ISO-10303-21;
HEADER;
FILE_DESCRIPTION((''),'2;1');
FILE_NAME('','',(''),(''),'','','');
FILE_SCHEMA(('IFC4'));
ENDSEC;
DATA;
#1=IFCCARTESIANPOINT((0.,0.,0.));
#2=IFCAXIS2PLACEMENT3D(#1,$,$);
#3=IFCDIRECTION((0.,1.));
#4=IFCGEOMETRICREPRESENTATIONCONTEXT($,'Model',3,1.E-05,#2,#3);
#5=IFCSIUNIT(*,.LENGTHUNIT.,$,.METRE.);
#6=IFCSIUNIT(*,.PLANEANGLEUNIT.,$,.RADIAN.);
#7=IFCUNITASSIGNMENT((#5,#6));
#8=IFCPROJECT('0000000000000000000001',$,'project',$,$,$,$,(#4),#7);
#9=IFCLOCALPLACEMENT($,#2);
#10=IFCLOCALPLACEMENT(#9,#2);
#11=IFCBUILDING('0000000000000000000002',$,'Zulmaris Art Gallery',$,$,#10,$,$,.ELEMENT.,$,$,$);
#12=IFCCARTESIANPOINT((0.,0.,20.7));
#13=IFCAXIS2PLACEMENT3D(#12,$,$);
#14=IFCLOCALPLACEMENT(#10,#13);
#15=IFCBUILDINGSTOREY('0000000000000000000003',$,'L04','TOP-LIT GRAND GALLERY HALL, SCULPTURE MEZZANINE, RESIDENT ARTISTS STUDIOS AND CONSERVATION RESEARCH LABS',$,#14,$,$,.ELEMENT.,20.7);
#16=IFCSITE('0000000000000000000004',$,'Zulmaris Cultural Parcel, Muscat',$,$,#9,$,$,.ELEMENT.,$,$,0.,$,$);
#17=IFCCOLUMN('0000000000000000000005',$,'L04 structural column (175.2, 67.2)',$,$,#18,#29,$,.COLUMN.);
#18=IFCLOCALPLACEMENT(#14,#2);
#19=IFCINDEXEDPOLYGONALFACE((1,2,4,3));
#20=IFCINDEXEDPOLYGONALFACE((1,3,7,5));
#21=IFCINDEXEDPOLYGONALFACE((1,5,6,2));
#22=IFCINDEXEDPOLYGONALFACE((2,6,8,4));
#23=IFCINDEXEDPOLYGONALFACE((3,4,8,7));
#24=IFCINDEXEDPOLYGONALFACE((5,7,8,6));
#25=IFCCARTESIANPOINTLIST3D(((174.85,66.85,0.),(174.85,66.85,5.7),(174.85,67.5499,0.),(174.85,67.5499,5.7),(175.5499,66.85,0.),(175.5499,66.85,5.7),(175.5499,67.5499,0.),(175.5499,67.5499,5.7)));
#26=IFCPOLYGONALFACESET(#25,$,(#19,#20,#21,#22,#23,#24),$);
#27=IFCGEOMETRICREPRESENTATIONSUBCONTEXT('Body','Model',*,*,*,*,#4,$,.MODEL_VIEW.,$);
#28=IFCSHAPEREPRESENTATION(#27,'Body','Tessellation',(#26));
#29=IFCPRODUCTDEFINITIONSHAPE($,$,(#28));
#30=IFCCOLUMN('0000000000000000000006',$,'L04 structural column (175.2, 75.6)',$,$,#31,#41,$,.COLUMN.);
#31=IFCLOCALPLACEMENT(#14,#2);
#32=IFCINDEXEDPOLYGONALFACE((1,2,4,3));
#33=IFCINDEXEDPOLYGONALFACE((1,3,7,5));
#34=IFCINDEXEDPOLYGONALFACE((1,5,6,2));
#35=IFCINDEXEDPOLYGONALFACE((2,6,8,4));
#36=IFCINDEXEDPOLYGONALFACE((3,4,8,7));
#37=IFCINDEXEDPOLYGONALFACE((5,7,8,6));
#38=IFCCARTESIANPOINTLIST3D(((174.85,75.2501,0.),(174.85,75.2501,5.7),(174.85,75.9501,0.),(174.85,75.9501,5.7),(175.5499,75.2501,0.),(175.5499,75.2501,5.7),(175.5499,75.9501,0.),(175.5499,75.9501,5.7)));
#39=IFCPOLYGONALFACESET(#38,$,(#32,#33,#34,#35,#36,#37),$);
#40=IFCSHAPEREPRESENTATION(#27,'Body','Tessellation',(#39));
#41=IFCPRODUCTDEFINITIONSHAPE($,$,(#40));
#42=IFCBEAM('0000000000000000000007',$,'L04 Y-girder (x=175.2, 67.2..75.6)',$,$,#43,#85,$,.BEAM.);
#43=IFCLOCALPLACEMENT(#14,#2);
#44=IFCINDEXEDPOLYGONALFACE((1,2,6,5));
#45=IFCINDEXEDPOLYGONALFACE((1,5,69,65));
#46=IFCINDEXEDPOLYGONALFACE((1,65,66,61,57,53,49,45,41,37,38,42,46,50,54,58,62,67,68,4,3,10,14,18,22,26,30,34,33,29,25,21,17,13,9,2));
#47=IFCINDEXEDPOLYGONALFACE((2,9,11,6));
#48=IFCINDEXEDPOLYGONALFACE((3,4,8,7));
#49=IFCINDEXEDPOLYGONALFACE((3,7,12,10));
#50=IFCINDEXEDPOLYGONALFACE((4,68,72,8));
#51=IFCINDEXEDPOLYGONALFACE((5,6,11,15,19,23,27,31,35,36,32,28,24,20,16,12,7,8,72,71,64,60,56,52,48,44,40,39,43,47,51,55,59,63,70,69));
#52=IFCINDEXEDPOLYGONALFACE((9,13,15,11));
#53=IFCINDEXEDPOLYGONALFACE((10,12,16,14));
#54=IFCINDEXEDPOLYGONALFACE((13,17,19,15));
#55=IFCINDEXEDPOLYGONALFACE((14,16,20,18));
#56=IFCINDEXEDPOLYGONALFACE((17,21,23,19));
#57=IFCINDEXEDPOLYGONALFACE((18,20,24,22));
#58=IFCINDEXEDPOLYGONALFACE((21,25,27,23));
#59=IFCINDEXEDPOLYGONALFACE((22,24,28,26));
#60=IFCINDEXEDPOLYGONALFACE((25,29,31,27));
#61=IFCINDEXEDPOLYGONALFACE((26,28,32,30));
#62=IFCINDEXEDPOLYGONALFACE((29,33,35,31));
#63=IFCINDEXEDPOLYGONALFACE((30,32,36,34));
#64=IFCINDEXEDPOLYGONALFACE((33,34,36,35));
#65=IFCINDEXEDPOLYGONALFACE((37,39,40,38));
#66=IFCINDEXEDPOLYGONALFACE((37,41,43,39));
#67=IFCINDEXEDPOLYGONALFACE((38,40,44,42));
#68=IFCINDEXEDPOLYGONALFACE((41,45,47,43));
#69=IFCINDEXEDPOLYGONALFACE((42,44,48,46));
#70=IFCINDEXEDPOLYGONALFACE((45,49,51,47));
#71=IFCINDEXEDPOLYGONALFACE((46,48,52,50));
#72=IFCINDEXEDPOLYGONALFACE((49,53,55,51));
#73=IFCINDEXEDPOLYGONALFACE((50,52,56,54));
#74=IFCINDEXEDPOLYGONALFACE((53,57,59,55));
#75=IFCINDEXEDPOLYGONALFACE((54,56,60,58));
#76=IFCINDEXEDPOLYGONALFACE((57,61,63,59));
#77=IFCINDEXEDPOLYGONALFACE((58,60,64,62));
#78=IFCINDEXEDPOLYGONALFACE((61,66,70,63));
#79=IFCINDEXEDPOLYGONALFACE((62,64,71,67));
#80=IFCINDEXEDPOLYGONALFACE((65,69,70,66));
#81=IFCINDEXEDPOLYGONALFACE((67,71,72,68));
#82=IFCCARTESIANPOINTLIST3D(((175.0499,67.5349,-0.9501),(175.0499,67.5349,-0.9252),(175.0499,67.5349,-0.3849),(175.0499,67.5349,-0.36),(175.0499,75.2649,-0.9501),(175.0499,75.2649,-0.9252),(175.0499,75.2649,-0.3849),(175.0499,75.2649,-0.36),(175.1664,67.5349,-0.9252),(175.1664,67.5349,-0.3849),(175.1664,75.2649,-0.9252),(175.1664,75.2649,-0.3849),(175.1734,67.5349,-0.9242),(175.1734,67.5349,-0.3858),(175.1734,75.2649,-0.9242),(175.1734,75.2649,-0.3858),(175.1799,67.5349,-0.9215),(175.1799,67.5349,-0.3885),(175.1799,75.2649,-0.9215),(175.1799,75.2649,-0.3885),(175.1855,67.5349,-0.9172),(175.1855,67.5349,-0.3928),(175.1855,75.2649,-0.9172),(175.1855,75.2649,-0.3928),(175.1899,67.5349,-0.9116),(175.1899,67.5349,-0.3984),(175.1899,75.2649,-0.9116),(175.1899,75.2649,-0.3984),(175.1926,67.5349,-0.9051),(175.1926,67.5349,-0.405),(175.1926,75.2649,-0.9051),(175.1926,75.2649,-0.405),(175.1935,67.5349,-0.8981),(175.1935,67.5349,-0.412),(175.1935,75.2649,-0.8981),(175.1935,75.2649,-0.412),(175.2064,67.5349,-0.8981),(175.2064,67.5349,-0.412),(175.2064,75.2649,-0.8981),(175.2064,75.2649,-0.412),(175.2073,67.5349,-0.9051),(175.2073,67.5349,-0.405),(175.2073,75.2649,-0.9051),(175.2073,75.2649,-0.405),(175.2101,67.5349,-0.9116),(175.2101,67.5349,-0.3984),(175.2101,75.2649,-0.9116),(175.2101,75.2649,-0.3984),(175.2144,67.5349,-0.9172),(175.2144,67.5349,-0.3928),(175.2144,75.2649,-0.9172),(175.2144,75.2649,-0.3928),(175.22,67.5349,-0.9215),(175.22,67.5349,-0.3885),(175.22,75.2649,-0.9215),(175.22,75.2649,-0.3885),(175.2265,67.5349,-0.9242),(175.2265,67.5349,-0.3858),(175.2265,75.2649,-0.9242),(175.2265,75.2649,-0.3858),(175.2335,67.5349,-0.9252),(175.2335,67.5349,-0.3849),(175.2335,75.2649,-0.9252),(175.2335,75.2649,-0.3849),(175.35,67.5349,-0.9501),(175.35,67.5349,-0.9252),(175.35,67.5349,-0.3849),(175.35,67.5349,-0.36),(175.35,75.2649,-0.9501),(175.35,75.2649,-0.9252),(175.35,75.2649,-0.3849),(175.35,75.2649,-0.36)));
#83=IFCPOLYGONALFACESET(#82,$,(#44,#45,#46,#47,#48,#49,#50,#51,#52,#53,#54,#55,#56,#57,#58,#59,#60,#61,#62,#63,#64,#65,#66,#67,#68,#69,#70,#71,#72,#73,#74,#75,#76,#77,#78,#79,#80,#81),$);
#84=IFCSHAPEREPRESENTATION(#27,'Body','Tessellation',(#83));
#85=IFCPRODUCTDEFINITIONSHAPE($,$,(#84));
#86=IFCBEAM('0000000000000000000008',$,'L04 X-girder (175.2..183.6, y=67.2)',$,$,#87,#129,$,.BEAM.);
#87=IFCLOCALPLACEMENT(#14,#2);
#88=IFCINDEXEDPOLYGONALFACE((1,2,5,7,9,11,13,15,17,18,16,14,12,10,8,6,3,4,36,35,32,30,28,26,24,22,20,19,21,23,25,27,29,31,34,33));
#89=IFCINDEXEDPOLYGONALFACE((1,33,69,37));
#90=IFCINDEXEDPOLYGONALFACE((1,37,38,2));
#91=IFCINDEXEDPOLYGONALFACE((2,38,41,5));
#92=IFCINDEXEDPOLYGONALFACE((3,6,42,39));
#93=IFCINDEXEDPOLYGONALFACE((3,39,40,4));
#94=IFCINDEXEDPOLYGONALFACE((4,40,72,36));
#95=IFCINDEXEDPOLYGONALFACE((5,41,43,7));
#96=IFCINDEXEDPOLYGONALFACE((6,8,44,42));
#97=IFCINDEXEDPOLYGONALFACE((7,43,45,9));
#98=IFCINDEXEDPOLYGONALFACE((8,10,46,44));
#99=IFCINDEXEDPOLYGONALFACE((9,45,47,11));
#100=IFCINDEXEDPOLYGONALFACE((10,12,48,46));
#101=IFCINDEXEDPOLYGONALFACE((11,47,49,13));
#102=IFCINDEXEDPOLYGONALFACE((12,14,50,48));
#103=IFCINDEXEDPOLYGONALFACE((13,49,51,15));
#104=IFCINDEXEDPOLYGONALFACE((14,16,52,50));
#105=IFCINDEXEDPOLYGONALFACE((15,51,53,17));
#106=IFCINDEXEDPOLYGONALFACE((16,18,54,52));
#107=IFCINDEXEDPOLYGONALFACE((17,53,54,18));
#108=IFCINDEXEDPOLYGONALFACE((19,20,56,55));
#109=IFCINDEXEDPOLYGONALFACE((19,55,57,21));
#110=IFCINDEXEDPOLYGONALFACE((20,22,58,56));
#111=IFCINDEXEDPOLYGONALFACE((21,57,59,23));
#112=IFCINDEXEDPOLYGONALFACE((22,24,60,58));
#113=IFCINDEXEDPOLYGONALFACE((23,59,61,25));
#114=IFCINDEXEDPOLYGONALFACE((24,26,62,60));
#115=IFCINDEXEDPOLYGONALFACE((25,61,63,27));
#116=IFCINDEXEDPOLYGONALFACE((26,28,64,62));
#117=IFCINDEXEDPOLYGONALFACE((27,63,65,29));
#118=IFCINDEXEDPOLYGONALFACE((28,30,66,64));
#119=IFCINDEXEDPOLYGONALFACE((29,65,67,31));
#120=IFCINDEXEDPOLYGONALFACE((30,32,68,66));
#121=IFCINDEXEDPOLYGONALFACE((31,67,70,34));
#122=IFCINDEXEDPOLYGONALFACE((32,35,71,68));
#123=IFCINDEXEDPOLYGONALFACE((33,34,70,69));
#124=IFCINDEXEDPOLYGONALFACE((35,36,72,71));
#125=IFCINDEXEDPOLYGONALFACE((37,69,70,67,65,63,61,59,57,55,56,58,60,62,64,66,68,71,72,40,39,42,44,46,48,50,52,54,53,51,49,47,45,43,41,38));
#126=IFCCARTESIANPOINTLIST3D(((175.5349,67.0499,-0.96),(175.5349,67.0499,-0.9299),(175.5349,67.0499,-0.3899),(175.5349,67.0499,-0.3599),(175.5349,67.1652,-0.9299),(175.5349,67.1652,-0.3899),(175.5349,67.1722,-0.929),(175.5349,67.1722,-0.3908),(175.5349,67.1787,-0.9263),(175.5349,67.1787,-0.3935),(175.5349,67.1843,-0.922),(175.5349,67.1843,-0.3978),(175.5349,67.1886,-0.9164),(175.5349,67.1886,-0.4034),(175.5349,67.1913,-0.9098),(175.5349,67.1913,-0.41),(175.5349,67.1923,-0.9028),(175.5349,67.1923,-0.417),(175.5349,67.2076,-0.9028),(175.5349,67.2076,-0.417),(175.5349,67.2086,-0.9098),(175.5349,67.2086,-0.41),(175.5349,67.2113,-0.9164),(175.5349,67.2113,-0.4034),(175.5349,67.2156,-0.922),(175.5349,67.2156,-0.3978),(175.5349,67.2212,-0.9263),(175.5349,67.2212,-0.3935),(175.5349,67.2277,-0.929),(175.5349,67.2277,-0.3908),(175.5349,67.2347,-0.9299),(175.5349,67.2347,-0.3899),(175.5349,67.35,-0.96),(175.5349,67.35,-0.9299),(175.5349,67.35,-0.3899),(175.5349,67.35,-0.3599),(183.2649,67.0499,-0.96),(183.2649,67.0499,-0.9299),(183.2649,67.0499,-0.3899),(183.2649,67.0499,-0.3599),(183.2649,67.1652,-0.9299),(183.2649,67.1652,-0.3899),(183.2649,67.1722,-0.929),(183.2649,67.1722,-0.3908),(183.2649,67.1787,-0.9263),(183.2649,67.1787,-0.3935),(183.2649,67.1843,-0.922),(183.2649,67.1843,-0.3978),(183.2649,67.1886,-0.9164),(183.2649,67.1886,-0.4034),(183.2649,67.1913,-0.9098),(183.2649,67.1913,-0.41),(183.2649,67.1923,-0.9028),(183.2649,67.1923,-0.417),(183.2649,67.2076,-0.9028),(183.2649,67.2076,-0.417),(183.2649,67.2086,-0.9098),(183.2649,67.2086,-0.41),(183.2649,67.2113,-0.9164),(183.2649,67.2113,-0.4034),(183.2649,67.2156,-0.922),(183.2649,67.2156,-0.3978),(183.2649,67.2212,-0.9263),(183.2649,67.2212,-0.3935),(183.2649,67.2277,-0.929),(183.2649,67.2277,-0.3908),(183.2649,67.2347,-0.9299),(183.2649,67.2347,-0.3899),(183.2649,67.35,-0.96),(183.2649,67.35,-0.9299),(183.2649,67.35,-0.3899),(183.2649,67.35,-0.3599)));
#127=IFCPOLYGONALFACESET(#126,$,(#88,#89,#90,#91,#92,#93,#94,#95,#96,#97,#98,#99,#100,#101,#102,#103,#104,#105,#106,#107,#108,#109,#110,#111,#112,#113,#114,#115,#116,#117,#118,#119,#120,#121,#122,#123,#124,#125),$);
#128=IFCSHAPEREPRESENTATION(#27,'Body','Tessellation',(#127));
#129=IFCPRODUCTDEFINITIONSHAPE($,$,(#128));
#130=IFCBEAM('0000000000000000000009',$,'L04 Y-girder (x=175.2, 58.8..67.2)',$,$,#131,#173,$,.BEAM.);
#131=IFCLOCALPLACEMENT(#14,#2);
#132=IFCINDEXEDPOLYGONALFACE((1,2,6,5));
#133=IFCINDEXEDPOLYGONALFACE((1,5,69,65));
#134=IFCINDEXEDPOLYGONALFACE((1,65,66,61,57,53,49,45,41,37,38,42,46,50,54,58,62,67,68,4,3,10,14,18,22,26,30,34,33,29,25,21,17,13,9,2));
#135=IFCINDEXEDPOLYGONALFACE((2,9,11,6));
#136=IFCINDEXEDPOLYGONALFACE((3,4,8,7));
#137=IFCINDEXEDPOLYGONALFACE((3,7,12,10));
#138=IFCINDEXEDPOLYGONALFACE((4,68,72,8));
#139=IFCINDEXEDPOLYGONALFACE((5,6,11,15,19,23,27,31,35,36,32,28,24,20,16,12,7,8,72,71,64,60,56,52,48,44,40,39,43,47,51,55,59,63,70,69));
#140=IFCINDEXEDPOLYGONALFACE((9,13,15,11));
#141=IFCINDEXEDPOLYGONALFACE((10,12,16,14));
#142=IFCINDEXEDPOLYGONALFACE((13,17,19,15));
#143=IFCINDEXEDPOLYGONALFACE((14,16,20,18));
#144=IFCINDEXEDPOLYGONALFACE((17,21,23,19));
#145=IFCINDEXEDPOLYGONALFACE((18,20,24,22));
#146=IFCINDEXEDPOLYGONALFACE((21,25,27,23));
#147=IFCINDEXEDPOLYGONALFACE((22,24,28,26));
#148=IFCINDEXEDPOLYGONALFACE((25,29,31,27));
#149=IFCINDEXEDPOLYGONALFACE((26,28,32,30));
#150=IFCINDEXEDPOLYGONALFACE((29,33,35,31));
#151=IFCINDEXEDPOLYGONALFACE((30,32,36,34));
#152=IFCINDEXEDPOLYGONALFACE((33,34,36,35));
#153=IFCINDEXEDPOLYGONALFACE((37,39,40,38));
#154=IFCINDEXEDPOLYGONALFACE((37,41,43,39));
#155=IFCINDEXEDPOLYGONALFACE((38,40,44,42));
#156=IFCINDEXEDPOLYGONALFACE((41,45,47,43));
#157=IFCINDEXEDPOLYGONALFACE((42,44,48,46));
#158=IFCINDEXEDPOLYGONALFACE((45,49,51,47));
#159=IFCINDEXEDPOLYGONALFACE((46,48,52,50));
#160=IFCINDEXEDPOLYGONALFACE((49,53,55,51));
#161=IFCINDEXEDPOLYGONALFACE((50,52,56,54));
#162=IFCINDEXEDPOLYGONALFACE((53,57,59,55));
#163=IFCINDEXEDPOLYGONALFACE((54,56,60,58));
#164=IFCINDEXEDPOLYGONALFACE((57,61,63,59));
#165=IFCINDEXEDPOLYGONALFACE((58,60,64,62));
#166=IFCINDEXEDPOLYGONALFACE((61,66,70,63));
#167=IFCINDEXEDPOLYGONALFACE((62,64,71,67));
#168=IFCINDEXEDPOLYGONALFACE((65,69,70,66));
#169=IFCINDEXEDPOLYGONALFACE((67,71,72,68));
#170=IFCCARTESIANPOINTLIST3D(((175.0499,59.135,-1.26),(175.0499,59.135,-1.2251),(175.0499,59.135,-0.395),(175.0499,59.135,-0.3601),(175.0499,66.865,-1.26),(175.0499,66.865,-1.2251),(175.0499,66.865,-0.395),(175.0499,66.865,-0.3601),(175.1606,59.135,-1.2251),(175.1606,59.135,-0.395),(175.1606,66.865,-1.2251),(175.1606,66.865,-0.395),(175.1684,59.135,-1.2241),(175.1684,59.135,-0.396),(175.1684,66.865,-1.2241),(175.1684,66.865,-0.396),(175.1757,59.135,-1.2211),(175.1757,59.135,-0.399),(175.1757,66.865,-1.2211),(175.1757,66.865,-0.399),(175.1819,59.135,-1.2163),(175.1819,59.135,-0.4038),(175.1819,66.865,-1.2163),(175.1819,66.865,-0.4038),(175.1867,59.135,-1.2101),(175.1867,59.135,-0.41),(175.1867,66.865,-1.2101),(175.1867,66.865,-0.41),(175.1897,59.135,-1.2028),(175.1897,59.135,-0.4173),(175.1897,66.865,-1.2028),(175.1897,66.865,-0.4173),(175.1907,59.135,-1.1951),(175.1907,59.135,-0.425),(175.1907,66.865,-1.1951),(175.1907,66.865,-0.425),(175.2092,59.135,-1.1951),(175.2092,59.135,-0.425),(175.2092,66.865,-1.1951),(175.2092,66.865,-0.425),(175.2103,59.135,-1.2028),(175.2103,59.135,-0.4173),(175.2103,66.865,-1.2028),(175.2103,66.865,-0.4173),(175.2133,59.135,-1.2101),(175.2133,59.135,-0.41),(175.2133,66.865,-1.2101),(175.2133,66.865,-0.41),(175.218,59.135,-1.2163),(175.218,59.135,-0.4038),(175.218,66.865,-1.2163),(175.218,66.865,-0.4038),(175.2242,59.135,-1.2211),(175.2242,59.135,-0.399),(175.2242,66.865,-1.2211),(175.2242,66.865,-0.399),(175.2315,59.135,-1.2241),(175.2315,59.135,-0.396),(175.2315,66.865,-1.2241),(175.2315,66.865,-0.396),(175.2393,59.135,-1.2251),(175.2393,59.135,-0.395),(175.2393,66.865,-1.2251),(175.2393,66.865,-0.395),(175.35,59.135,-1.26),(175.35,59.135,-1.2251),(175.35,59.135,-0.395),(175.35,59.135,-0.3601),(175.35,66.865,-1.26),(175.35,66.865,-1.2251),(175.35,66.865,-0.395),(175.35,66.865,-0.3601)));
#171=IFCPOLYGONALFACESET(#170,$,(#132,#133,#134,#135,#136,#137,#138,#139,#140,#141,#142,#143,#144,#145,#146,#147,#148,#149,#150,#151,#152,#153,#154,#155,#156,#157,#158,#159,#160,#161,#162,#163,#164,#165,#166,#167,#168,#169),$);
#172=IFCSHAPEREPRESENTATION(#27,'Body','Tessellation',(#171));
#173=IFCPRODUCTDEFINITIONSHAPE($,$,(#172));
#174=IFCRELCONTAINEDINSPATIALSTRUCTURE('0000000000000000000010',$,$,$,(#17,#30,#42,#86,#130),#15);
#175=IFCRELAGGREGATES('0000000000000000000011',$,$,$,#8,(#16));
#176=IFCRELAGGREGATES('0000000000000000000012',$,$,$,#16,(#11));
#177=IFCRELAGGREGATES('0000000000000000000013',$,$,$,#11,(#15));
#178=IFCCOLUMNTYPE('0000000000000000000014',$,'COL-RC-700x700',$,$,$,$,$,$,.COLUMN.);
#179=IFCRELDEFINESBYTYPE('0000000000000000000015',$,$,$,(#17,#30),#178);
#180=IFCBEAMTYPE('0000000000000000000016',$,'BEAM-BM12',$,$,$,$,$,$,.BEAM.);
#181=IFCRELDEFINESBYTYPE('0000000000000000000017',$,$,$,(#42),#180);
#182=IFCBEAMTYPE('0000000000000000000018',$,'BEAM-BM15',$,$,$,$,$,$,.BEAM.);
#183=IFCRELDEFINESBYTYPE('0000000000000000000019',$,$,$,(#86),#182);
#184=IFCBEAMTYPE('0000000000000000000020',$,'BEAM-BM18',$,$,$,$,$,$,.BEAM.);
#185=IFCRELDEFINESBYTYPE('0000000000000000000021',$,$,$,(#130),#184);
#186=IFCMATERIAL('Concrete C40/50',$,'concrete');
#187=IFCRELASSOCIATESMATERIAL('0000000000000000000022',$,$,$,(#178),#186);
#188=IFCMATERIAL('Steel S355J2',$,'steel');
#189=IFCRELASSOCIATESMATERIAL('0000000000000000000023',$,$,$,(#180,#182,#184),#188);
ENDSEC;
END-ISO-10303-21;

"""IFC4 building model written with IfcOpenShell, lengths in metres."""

from ifc_helpers import new_model, si_unit, direction, frame, origin, origin_2d, place, context, subcontext, project, spatial, rectangle, i_section, extrude, material, material_profile, profile_set, type_object, element, save


model = new_model("IFC4")

# Units and contexts
model_context = context("Model", 3, precision=1e-05, world=origin(), true_north=direction((0.0, 1.0)))
body_context = subcontext(model_context, "Body", "Model", "MODEL_VIEW")
ifc_project = project(units=[si_unit("LENGTHUNIT", "METRE"), si_unit("PLANEANGLEUNIT", "RADIAN")], contexts=[model_context])

# Site, building, storey
site_placement = place(None, origin())
site = spatial("IfcSite", under=ifc_project, at=site_placement, Name="Zulmaris Cultural Parcel, Muscat", CompositionType="ELEMENT", RefElevation=0.0)
building_placement = place(site_placement, origin())
building = spatial("IfcBuilding", under=site, at=building_placement, Name="Zulmaris Art Gallery", CompositionType="ELEMENT")
storey_placement = place(building_placement, frame((0.0, 0.0, 20.7)))
storey = spatial("IfcBuildingStorey", under=building, at=storey_placement, Name="L04", Description="TOP-LIT GRAND GALLERY HALL, SCULPTURE MEZZANINE, RESIDENT ARTISTS STUDIOS AND CONSERVATION RESEARCH LABS", CompositionType="ELEMENT", Elevation=20.7)

# Columns
ifc_material_1 = material(Name="Concrete C40/50", Category="concrete")
ifc_material_profile_1 = material_profile(ifc_material_1, rectangle(XDim=0.7, YDim=0.7, at=origin_2d()), Name="RC 700x700")
ifc_profile_set_1 = profile_set([ifc_material_profile_1], Name="Concrete C40/50")
column_type = type_object("IfcColumnType", Name="COL-RC-700x700", PredefinedType="COLUMN", material=ifc_profile_set_1)
for number, where, z_axis, x_axis, name in (
    (1, (175.2, 67.2, 0.0), (0.0, 0.0, 1.0), (1.0, 0.0, 0.0), "L04 structural column (175.2, 67.2)"),
    (2, (175.2, 75.6001, 0.0), (0.0, 0.0, 1.0), (1.0, 0.0, 0.0), "L04 structural column (175.2, 75.6)"),
):
    element("IfcColumn", number, at=place(storey_placement, frame(where, z_axis=z_axis, x_axis=x_axis)), inside=storey, type_object=column_type, Name=name, PredefinedType="COLUMN", context=body_context, shape_type="SweptSolid", body=[
        extrude(rectangle(XDim=0.7, YDim=0.7, at=origin_2d()), origin(), (0.0, 0.0, 1.0), 5.7),
    ])

# Beams
ifc_material_2 = material(Name="Steel S355J2", Category="steel")
ifc_material_profile_2 = material_profile(ifc_material_2, i_section(OverallWidth=0.3, OverallDepth=0.5901, WebThickness=0.0129, FlangeThickness=0.0249, FilletRadius=0.0271, at=origin_2d()), Name="HEA 600")
ifc_profile_set_2 = profile_set([ifc_material_profile_2], Name="Steel S355J2")
beam_type_1 = type_object("IfcBeamType", Name="BEAM-BM12", PredefinedType="BEAM", material=ifc_profile_set_2)
beam_1_placement = place(storey_placement, frame((175.2, 67.5349, -0.655), z_axis=(0.0, 1.0, 0.0), x_axis=(-1.0, 0.0, 0.0)))
element("IfcBeam", 3, at=beam_1_placement, inside=storey, type_object=beam_type_1, Name="L04 Y-girder (x=175.2, 67.2..75.6)", PredefinedType="BEAM", context=body_context, shape_type="SweptSolid", body=[
    extrude(i_section(OverallWidth=0.3, OverallDepth=0.5901, WebThickness=0.0129, FlangeThickness=0.0249, FilletRadius=0.0271, at=origin_2d()), origin(), (0.0, 0.0, 1.0), 7.73),
])
ifc_material_profile_3 = material_profile(ifc_material_2, i_section(OverallWidth=0.3, OverallDepth=0.6001, WebThickness=0.0154, FlangeThickness=0.03, FilletRadius=0.0271, at=origin_2d()), Name="HEB 600")
ifc_profile_set_3 = profile_set([ifc_material_profile_3], Name="Steel S355J2")
beam_type_2 = type_object("IfcBeamType", Name="BEAM-BM15", PredefinedType="BEAM", material=ifc_profile_set_3)
beam_2_placement = place(storey_placement, frame((175.5349, 67.2, -0.6599), z_axis=(1.0, 0.0, 0.0), x_axis=(0.0, 1.0, 0.0)))
element("IfcBeam", 4, at=beam_2_placement, inside=storey, type_object=beam_type_2, Name="L04 X-girder (175.2..183.6, y=67.2)", PredefinedType="BEAM", context=body_context, shape_type="SweptSolid", body=[
    extrude(i_section(OverallWidth=0.3, OverallDepth=0.6001, WebThickness=0.0154, FlangeThickness=0.03, FilletRadius=0.0271, at=origin_2d()), origin(), (0.0, 0.0, 1.0), 7.73),
])
ifc_material_profile_4 = material_profile(ifc_material_2, i_section(OverallWidth=0.3, OverallDepth=0.8999, WebThickness=0.0186, FlangeThickness=0.0349, FilletRadius=0.03, at=origin_2d()), Name="HEB 900")
ifc_profile_set_4 = profile_set([ifc_material_profile_4], Name="Steel S355J2")
beam_type_3 = type_object("IfcBeamType", Name="BEAM-BM18", PredefinedType="BEAM", material=ifc_profile_set_4)
beam_3_placement = place(storey_placement, frame((175.2, 59.135, -0.8101), z_axis=(0.0, 1.0, 0.0), x_axis=(-1.0, 0.0, 0.0)))
element("IfcBeam", 5, at=beam_3_placement, inside=storey, type_object=beam_type_3, Name="L04 Y-girder (x=175.2, 58.8..67.2)", PredefinedType="BEAM", context=body_context, shape_type="SweptSolid", body=[
    extrude(i_section(OverallWidth=0.3, OverallDepth=0.8999, WebThickness=0.0186, FlangeThickness=0.0349, FilletRadius=0.03, at=origin_2d()), origin(), (0.0, 0.0, 1.0), 7.73),
])

save(model, "model.ifc")
